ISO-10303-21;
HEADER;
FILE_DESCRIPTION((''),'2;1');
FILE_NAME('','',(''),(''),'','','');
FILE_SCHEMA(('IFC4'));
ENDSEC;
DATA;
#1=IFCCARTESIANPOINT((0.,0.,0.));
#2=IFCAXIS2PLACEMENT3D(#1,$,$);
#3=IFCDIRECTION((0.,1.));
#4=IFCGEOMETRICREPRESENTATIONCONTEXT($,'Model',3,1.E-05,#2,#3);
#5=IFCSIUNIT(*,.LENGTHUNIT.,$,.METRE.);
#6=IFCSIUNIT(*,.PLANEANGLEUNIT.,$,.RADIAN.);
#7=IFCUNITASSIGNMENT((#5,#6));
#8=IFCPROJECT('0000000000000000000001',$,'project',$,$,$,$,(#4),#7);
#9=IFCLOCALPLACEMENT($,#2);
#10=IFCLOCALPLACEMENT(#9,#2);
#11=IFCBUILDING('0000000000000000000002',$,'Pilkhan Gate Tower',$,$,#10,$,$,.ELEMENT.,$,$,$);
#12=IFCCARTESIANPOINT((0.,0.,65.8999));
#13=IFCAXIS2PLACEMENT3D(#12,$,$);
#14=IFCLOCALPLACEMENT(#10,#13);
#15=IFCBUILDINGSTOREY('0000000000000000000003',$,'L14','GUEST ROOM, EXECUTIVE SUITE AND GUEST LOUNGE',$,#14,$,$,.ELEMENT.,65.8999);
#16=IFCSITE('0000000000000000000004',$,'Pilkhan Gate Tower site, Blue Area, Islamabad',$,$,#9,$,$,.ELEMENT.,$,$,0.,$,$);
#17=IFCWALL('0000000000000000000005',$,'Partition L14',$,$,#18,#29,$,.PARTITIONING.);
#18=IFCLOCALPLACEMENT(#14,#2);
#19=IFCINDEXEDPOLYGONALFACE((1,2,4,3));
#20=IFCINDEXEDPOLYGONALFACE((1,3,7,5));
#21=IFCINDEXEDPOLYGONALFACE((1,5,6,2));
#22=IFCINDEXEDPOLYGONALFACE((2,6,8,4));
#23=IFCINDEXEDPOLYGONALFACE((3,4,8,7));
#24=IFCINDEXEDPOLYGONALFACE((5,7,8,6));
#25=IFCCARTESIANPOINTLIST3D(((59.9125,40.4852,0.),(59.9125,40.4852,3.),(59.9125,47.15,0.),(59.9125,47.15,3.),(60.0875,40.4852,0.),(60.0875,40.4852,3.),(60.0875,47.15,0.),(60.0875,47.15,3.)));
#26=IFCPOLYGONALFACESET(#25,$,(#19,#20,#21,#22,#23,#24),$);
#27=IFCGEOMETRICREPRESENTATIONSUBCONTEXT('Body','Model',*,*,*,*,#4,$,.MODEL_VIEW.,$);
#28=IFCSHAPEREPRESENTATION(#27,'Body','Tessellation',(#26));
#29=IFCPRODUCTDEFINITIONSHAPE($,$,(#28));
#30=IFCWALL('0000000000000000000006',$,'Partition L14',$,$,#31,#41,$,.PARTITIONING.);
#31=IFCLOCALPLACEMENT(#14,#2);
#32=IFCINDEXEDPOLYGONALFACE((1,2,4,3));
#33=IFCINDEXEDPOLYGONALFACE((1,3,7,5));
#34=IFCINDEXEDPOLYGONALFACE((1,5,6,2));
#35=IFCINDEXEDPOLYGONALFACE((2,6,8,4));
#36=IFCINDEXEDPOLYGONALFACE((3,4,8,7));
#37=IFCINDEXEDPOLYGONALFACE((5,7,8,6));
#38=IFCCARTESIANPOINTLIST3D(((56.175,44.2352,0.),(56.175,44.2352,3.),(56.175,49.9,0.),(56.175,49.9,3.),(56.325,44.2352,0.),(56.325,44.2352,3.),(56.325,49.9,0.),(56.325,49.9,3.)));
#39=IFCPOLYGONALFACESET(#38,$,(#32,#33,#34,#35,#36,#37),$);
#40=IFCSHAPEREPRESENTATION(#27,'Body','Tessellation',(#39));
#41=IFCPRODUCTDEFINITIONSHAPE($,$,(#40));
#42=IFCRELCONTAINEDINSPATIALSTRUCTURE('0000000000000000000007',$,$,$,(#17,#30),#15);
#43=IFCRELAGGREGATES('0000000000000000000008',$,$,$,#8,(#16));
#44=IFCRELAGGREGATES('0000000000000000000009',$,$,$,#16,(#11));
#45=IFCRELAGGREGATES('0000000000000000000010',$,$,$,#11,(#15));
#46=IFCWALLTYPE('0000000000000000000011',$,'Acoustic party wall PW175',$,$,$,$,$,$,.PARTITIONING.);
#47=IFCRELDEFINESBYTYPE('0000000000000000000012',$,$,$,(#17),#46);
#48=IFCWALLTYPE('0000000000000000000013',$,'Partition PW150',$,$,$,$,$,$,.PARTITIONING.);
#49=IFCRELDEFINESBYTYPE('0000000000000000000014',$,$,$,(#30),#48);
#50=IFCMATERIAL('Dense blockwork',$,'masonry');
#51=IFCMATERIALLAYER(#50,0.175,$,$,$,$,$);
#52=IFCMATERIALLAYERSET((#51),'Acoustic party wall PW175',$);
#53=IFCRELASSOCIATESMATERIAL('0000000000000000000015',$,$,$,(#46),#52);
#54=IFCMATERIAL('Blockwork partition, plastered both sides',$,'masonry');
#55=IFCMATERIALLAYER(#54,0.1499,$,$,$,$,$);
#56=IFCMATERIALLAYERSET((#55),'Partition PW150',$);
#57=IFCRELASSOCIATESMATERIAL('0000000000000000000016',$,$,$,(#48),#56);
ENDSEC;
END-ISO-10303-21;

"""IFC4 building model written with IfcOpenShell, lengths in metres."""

from ifc_helpers import new_model, si_unit, direction, frame, frame_2d, origin, place, context, subcontext, project, spatial, rectangle, extrude, material, layer, layer_set, type_object, element, save


model = new_model("IFC4")

# Units and contexts
model_context = context("Model", 3, precision=1e-05, world=origin(), true_north=direction((0.0, 1.0)))
body_context = subcontext(model_context, "Body", "Model", "MODEL_VIEW")
ifc_project = project(units=[si_unit("LENGTHUNIT", "METRE"), si_unit("PLANEANGLEUNIT", "RADIAN")], contexts=[model_context])

# Site, building, storey
site_placement = place(None, origin())
site = spatial("IfcSite", under=ifc_project, at=site_placement, Name="Pilkhan Gate Tower site, Blue Area, Islamabad", CompositionType="ELEMENT", RefElevation=0.0)
building_placement = place(site_placement, origin())
building = spatial("IfcBuilding", under=site, at=building_placement, Name="Pilkhan Gate Tower", CompositionType="ELEMENT")
storey_placement = place(building_placement, frame((0.0, 0.0, 65.8999)))
storey = spatial("IfcBuildingStorey", under=building, at=storey_placement, Name="L14", Description="GUEST ROOM, EXECUTIVE SUITE AND GUEST LOUNGE", CompositionType="ELEMENT", Elevation=65.8999)

# Walls
ifc_material_1 = material(Name="Dense blockwork", Category="masonry")
ifc_layer_1 = layer(ifc_material_1, 0.175)
ifc_layer_set_1 = layer_set([ifc_layer_1], Name="Acoustic party wall PW175")
wall_type_1 = type_object("IfcWallType", Name="Acoustic party wall PW175", PredefinedType="PARTITIONING", material=ifc_layer_set_1)
wall_1_placement = place(storey_placement, frame((60.0, 40.4851, 0.0), z_axis=(0.0, 0.0, 1.0), x_axis=(0.0, 1.0, 0.0)))
element("IfcWall", 1, at=wall_1_placement, inside=storey, type_object=wall_type_1, Name="Partition L14", PredefinedType="PARTITIONING", context=body_context, shape_type="SweptSolid", body=[
    extrude(rectangle(XDim=6.6648, YDim=0.175, at=frame_2d((3.3325, 0.0))), origin(), (0.0, 0.0, 1.0), 3.0),
])
ifc_material_2 = material(Name="Blockwork partition, plastered both sides", Category="masonry")
ifc_layer_2 = layer(ifc_material_2, 0.1499)
ifc_layer_set_2 = layer_set([ifc_layer_2], Name="Partition PW150")
wall_type_2 = type_object("IfcWallType", Name="Partition PW150", PredefinedType="PARTITIONING", material=ifc_layer_set_2)
wall_2_placement = place(storey_placement, frame((56.25, 44.2351, 0.0), z_axis=(0.0, 0.0, 1.0), x_axis=(0.0, 1.0, 0.0)))
element("IfcWall", 2, at=wall_2_placement, inside=storey, type_object=wall_type_2, Name="Partition L14", PredefinedType="PARTITIONING", context=body_context, shape_type="SweptSolid", body=[
    extrude(rectangle(XDim=5.6648, YDim=0.1499, at=frame_2d((2.8325, 0.0))), origin(), (0.0, 0.0, 1.0), 3.0),
])

save(model, "model.ifc")
